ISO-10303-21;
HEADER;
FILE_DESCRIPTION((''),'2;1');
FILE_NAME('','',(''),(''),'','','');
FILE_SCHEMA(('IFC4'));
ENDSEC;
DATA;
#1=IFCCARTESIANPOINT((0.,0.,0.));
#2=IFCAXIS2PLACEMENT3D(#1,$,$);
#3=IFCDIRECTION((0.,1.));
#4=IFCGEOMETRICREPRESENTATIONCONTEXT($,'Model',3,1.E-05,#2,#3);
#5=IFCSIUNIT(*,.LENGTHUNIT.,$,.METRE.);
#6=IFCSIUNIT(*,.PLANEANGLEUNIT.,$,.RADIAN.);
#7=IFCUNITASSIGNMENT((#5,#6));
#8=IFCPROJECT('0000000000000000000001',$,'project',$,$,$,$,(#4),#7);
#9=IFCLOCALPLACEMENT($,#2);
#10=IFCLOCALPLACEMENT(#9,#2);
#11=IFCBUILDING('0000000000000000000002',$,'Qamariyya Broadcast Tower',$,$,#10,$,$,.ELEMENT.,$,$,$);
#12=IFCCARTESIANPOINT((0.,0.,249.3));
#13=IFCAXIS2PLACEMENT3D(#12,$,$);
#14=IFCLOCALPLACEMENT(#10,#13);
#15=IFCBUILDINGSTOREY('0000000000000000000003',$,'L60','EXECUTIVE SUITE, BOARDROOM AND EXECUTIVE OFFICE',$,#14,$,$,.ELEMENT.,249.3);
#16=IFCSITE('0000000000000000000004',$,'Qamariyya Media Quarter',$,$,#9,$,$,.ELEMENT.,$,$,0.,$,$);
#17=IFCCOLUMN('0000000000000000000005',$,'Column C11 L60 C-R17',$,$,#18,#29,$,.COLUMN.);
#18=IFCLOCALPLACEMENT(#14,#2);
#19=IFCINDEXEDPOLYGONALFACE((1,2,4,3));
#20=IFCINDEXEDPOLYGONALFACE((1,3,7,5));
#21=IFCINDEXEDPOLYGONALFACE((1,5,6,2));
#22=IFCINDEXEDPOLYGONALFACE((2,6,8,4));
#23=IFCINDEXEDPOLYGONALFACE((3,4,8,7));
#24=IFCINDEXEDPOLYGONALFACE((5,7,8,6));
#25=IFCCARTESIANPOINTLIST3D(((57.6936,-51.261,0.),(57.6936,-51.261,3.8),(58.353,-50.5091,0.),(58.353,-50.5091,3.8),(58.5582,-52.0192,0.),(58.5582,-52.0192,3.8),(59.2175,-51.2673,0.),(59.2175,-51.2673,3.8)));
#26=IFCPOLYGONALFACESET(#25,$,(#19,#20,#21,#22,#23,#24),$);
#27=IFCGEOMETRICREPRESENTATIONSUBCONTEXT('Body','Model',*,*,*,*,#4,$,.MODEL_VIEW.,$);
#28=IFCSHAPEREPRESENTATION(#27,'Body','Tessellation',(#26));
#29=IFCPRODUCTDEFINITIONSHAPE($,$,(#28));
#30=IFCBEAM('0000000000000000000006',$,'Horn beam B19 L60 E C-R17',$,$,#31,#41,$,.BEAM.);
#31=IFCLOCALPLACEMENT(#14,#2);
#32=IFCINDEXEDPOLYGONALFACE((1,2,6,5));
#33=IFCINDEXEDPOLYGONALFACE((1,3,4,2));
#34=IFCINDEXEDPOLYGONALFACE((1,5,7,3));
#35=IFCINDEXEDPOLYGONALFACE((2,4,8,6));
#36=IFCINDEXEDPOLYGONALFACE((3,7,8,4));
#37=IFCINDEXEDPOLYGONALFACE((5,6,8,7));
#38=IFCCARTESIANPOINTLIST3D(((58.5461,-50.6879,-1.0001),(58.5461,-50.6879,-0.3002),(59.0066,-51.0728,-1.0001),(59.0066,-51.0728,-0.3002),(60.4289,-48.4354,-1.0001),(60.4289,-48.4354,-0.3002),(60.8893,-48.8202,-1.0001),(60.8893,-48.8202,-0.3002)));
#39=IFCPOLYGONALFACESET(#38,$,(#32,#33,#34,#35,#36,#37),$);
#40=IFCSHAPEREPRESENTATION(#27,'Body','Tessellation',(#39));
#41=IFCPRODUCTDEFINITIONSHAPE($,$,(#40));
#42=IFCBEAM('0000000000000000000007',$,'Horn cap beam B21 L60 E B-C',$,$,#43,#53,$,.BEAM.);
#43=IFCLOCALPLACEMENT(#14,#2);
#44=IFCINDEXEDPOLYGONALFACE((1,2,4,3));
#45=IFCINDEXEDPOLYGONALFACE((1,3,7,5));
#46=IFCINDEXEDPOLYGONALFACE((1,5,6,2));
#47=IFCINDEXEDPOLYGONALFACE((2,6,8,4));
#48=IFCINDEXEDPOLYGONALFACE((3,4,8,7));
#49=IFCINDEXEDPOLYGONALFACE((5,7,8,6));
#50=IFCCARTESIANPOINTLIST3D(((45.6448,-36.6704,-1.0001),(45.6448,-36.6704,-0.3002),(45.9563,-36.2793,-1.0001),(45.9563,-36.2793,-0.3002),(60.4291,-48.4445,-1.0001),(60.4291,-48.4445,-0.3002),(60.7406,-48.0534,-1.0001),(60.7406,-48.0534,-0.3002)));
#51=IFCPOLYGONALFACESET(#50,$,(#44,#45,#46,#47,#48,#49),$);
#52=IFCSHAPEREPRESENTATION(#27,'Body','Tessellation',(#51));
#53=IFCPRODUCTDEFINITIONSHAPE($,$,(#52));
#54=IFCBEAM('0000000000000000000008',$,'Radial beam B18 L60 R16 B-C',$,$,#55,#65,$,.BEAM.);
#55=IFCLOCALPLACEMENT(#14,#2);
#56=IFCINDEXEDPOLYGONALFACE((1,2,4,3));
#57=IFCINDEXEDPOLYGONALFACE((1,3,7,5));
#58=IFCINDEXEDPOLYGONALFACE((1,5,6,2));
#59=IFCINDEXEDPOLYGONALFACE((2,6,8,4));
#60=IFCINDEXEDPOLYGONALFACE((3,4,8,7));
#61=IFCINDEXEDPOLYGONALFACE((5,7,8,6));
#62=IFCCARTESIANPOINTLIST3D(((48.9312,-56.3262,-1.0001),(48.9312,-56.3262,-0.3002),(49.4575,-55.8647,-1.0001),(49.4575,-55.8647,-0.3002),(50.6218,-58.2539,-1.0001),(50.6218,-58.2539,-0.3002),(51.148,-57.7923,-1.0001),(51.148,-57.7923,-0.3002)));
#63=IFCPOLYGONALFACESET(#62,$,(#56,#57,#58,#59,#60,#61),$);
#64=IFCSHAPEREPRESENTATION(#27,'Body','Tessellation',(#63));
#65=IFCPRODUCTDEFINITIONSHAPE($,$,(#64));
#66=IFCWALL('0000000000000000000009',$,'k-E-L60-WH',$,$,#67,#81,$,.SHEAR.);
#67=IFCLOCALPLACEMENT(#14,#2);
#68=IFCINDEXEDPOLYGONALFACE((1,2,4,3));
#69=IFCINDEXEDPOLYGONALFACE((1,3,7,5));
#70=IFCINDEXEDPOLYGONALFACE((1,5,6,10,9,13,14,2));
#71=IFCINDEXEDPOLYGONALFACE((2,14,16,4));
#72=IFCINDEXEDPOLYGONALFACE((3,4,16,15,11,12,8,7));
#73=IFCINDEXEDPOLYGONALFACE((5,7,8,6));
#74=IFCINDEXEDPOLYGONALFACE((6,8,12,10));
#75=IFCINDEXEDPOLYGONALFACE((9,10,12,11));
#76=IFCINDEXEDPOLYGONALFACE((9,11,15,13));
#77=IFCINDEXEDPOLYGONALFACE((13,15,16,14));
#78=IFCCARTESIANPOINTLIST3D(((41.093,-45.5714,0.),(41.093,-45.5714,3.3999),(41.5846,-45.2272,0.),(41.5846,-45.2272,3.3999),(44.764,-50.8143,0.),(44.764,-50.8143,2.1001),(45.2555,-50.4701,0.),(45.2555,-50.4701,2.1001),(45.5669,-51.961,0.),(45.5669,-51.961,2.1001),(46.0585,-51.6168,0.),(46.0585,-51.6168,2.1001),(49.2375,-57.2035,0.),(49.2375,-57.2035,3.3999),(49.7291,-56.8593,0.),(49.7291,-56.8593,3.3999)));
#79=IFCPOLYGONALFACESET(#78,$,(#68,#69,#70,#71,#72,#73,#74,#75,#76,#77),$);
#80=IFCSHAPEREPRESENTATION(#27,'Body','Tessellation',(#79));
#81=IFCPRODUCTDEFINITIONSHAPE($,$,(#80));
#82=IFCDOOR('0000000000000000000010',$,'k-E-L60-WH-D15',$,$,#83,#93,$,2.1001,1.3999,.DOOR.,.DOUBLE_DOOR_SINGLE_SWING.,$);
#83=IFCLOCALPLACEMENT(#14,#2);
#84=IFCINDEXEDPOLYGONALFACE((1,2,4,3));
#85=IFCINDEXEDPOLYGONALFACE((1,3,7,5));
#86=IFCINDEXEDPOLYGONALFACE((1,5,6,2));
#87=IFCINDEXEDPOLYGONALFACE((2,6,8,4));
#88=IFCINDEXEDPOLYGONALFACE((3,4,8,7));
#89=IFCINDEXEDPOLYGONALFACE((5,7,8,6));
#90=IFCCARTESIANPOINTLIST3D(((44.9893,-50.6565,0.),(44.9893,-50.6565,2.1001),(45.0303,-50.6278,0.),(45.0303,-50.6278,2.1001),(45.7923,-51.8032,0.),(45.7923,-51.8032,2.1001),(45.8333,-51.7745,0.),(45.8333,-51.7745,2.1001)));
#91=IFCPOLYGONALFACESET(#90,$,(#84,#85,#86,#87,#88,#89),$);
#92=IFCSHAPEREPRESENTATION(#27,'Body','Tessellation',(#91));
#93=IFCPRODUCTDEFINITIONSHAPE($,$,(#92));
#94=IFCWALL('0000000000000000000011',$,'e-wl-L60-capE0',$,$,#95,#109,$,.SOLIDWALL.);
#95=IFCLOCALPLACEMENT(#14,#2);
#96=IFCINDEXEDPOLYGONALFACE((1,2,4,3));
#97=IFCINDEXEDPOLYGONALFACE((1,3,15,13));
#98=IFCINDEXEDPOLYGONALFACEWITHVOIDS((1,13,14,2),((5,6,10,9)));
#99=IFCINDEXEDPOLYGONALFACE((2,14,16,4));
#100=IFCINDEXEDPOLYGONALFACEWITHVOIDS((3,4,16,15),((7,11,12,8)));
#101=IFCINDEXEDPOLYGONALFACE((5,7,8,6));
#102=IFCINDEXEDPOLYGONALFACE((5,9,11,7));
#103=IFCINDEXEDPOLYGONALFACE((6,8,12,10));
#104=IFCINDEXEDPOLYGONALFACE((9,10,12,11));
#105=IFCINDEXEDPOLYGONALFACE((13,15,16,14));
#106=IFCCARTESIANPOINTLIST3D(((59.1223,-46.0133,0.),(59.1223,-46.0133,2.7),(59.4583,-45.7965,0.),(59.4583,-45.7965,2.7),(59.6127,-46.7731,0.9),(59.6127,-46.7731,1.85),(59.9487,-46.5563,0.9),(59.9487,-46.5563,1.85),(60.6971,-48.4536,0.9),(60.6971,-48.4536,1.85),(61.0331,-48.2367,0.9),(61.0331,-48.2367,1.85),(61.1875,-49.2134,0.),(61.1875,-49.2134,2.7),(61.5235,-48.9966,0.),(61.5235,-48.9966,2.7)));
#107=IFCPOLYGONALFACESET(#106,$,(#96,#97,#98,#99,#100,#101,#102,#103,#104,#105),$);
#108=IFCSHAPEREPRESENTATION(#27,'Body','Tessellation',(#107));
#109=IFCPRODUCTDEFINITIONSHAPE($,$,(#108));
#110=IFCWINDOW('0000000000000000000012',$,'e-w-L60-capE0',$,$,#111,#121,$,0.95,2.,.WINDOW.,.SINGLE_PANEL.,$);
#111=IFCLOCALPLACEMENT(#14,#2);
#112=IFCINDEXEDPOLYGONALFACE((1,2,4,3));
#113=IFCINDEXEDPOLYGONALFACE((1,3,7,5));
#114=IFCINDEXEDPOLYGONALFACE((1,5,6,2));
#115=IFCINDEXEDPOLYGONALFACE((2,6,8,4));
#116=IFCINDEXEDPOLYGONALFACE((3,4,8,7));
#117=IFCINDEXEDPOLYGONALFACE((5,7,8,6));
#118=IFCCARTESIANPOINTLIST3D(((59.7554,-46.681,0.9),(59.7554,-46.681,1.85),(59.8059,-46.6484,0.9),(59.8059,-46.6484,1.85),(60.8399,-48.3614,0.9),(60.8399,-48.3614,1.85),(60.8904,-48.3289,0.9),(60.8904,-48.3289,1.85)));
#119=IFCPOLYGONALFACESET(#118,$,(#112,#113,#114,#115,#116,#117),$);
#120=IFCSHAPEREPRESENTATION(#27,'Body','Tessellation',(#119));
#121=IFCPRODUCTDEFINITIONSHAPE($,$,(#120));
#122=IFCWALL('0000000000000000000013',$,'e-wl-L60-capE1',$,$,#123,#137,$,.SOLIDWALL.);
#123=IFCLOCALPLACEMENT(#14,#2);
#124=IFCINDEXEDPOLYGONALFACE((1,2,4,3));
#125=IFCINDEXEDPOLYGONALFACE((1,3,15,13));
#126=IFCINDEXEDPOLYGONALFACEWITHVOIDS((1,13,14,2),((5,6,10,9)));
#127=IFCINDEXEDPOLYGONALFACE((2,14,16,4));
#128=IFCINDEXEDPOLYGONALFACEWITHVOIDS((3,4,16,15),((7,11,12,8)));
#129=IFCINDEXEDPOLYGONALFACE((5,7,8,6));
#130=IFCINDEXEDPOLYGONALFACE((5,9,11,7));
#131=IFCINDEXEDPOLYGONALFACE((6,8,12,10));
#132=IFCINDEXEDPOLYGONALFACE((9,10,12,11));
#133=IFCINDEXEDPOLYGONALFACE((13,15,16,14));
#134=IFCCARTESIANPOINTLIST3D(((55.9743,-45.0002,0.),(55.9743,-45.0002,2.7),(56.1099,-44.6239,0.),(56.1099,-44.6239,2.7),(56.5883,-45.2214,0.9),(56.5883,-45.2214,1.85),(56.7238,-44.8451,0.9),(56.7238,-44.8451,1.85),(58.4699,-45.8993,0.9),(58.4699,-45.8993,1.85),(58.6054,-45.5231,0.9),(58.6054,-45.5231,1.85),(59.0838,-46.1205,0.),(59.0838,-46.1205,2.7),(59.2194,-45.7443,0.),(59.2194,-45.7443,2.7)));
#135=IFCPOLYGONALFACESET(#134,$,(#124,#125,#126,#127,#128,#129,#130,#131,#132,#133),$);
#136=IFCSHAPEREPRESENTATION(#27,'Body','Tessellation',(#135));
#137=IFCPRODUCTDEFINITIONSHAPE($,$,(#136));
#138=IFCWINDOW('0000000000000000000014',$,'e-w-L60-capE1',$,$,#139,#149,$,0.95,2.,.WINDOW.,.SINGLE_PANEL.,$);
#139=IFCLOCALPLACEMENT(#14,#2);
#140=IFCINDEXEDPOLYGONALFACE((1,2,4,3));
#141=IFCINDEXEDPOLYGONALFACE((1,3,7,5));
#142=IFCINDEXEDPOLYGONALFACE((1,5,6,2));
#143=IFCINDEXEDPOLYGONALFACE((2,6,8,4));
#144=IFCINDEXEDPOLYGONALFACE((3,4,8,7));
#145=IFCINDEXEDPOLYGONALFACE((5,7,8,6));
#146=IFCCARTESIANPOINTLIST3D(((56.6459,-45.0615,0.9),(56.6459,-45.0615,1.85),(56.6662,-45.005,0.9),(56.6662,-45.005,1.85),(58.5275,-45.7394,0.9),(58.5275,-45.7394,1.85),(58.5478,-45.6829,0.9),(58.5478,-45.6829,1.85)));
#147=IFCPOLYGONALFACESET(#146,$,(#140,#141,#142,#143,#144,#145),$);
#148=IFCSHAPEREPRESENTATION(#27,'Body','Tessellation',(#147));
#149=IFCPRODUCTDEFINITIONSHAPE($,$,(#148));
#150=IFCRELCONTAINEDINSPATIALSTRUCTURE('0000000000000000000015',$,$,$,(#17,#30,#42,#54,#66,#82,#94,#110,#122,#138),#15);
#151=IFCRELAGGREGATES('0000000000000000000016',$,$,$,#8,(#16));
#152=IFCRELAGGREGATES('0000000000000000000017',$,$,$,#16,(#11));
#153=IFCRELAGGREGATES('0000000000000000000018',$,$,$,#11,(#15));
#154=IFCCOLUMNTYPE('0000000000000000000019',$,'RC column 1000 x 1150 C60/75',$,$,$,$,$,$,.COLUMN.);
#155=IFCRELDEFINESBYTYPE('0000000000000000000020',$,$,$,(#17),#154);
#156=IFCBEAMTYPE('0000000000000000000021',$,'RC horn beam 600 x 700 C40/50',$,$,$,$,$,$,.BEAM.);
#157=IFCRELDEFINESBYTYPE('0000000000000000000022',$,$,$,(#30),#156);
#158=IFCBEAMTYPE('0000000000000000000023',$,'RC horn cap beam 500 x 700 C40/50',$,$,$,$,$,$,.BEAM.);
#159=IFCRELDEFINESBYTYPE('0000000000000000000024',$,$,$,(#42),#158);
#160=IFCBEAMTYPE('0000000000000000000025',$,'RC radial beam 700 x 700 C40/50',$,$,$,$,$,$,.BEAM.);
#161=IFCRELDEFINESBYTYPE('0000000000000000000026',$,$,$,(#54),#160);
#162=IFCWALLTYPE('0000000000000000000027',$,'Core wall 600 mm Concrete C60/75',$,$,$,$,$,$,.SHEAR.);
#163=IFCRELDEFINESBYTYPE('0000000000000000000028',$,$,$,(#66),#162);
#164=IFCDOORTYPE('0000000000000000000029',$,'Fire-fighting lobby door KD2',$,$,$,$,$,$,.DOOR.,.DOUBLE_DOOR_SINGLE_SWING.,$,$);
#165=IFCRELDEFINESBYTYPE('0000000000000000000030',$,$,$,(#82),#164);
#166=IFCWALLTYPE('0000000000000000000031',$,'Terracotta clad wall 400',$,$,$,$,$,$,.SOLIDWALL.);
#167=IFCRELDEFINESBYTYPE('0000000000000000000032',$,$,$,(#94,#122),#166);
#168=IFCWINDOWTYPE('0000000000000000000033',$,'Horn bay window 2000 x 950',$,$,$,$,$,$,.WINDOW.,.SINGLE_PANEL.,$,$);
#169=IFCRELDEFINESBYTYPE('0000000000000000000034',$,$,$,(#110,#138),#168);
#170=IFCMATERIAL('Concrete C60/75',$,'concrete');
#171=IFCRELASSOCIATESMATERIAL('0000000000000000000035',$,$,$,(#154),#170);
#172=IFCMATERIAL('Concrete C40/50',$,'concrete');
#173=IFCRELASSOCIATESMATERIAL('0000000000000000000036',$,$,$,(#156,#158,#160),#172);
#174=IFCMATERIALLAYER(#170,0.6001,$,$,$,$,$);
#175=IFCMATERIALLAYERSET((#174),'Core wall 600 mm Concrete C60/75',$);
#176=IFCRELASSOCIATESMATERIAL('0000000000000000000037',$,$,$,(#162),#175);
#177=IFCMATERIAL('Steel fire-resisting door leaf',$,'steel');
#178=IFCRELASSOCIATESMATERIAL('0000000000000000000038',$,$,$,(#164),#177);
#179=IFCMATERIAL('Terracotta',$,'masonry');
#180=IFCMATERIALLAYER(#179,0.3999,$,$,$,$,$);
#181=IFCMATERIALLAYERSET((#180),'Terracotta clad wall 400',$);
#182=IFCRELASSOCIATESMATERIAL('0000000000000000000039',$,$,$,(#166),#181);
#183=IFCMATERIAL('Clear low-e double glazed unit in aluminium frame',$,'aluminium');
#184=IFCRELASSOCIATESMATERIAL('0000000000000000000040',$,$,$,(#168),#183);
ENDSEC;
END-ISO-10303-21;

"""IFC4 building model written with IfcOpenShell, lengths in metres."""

from ifc_helpers import new_model, si_unit, direction, frame, frame_2d, origin, origin_2d, place, context, subcontext, project, spatial, rectangle, extrude, material, layer, layer_set, material_profile, profile_set, type_object, element, fill, save


model = new_model("IFC4")

# Units and contexts
model_context = context("Model", 3, precision=1e-05, world=origin(), true_north=direction((0.0, 1.0)))
body_context = subcontext(model_context, "Body", "Model", "MODEL_VIEW")
ifc_project = project(units=[si_unit("LENGTHUNIT", "METRE"), si_unit("PLANEANGLEUNIT", "RADIAN")], contexts=[model_context])

# Site, building, storey
site_placement = place(None, origin())
site = spatial("IfcSite", under=ifc_project, at=site_placement, Name="Qamariyya Media Quarter", CompositionType="ELEMENT", RefElevation=0.0)
building_placement = place(site_placement, origin())
building = spatial("IfcBuilding", under=site, at=building_placement, Name="Qamariyya Broadcast Tower", CompositionType="ELEMENT")
storey_placement = place(building_placement, frame((0.0, 0.0, 249.3)))
storey = spatial("IfcBuildingStorey", under=building, at=storey_placement, Name="L60", Description="EXECUTIVE SUITE, BOARDROOM AND EXECUTIVE OFFICE", CompositionType="ELEMENT", Elevation=249.3)

# Column
ifc_material_1 = material(Name="Concrete C60/75", Category="concrete")
ifc_material_profile_1 = material_profile(ifc_material_1, rectangle(XDim=1.0, YDim=1.1499, at=origin_2d()))
ifc_profile_set_1 = profile_set([ifc_material_profile_1], Name="Concrete C60/75")
column_type = type_object("IfcColumnType", Name="RC column 1000 x 1150 C60/75", PredefinedType="COLUMN", material=ifc_profile_set_1)
column_placement = place(storey_placement, frame((58.4556, -51.2642, 0.0), z_axis=(0.0, 0.0, 1.0), x_axis=(0.659346, 0.75184, 0.0)))
element("IfcColumn", 1, at=column_placement, inside=storey, type_object=column_type, Name="Column C11 L60 C-R17", PredefinedType="COLUMN", context=body_context, shape_type="SweptSolid", body=[
    extrude(rectangle(XDim=1.0, YDim=1.1499, at=origin_2d()), origin(), (0.0, 0.0, 1.0), 3.8),
])

# Beams
ifc_material_2 = material(Name="Concrete C40/50", Category="concrete")
ifc_material_profile_2 = material_profile(ifc_material_2, rectangle(XDim=0.6001, YDim=0.7, at=origin_2d()))
ifc_profile_set_2 = profile_set([ifc_material_profile_2], Name="Concrete C40/50")
beam_type_1 = type_object("IfcBeamType", Name="RC horn beam 600 x 700 C40/50", PredefinedType="BEAM", material=ifc_profile_set_2)
beam_1_placement = place(storey_placement, frame((58.7764, -50.8804, -0.6501), z_axis=(0.641304, 0.767287, 0.0), x_axis=(-0.767287, 0.641304, 0.0)))
element("IfcBeam", 2, at=beam_1_placement, inside=storey, type_object=beam_type_1, Name="Horn beam B19 L60 E C-R17", PredefinedType="BEAM", context=body_context, shape_type="SweptSolid", body=[
    extrude(rectangle(XDim=0.6001, YDim=0.7, at=origin_2d()), origin(), (0.0, 0.0, 1.0), 2.9358),
])
ifc_material_profile_3 = material_profile(ifc_material_2, rectangle(XDim=0.5, YDim=0.7, at=origin_2d()))
ifc_profile_set_3 = profile_set([ifc_material_profile_3], Name="Concrete C40/50")
beam_type_2 = type_object("IfcBeamType", Name="RC horn cap beam 500 x 700 C40/50", PredefinedType="BEAM", material=ifc_profile_set_3)
beam_2_placement = place(storey_placement, frame((45.8005, -36.4749, -0.6501), z_axis=(0.782244, -0.622972, 0.0), x_axis=(0.622972, 0.782244, 0.0)))
element("IfcBeam", 3, at=beam_2_placement, inside=storey, type_object=beam_type_2, Name="Horn cap beam B21 L60 E B-C", PredefinedType="BEAM", context=body_context, shape_type="SweptSolid", body=[
    extrude(rectangle(XDim=0.5, YDim=0.7, at=origin_2d()), origin(), (0.0, 0.0, 1.0), 18.8999),
])
ifc_material_profile_4 = material_profile(ifc_material_2, rectangle(XDim=0.7, YDim=0.7, at=origin_2d()))
ifc_profile_set_4 = profile_set([ifc_material_profile_4], Name="Concrete C40/50")
beam_type_3 = type_object("IfcBeamType", Name="RC radial beam 700 x 700 C40/50", PredefinedType="BEAM", material=ifc_profile_set_4)
beam_3_placement = place(storey_placement, frame((49.1943, -56.0955, -0.6501), z_axis=(0.659367, -0.751821, 0.0), x_axis=(0.751821, 0.659367, 0.0)))
element("IfcBeam", 4, at=beam_3_placement, inside=storey, type_object=beam_type_3, Name="Radial beam B18 L60 R16 B-C", PredefinedType="BEAM", context=body_context, shape_type="SweptSolid", body=[
    extrude(rectangle(XDim=0.7, YDim=0.7, at=origin_2d()), origin(), (0.0, 0.0, 1.0), 2.564),
])

# Wall, opening, door
ifc_layer_1 = layer(ifc_material_1, 0.6001)
ifc_layer_set_1 = layer_set([ifc_layer_1], Name="Core wall 600 mm Concrete C60/75")
wall_type_1 = type_object("IfcWallType", Name="Core wall 600 mm Concrete C60/75", PredefinedType="SHEAR", material=ifc_layer_set_1)
wall_1_placement = place(storey_placement, frame((49.4834, -57.0315, 0.0), z_axis=(0.0, 0.0, 1.0), x_axis=(-0.57356, 0.819163, 0.0)))
wall_1 = element("IfcWall", 5, at=wall_1_placement, inside=storey, type_object=wall_type_1, Name="k-E-L60-WH", PredefinedType="SHEAR", context=body_context, shape_type="SweptSolid", body=[
    extrude(rectangle(XDim=14.2, YDim=0.6001, at=frame_2d((7.1001, 0.0))), origin(), (0.0, 0.0, 1.0), 3.3999),
])
opening_1_placement = place(wall_1_placement, frame((6.3999, 0.0, 0.0)))
opening_1 = element("IfcOpeningElement", 6, at=opening_1_placement, cuts=wall_1, PredefinedType="OPENING", context=body_context, shape_type="SweptSolid", body=[
    extrude(rectangle(XDim=1.3999, YDim=2.1001, at=frame_2d((0.7, 1.05))), frame((0.0, 0.3101, 0.0), z_axis=(0.0, -1.0, 0.0), x_axis=(1.0, 0.0, 0.0)), (0.0, 0.0, 1.0), 0.6201),
])
ifc_material_3 = material(Name="Steel fire-resisting door leaf", Category="steel")
door_type = type_object("IfcDoorType", Name="Fire-fighting lobby door KD2", OperationType="DOUBLE_DOOR_SINGLE_SWING", PredefinedType="DOOR", material=ifc_material_3)
door_placement = place(opening_1_placement, origin())
door = element("IfcDoor", 7, at=door_placement, inside=storey, type_object=door_type, Name="k-E-L60-WH-D15", OperationType="DOUBLE_DOOR_SINGLE_SWING", OverallHeight=2.1001, OverallWidth=1.3999, PredefinedType="DOOR", context=body_context, shape_type="SweptSolid", body=[
    extrude(rectangle(XDim=1.3999, YDim=2.1001, at=frame_2d((0.7, 1.05))), frame((0.0, 0.0249, 0.0), z_axis=(0.0, -1.0, 0.0), x_axis=(1.0, 0.0, 0.0)), (0.0, 0.0, 1.0), 0.05),
])
fill(opening_1, door)

# Walls, openings, windows
ifc_material_4 = material(Name="Terracotta", Category="masonry")
ifc_layer_2 = layer(ifc_material_4, 0.3999)
ifc_layer_set_2 = layer_set([ifc_layer_2], Name="Terracotta clad wall 400")
wall_type_2 = type_object("IfcWallType", Name="Terracotta clad wall 400", PredefinedType="SOLIDWALL", material=ifc_layer_set_2)
wall_2_placement = place(storey_placement, frame((61.3555, -49.105, 0.0), z_axis=(0.0, 0.0, 1.0), x_axis=(-0.542228, 0.840232, 0.0)))
wall_2 = element("IfcWall", 8, at=wall_2_placement, inside=storey, type_object=wall_type_2, Name="e-wl-L60-capE0", PredefinedType="SOLIDWALL", context=body_context, shape_type="SweptSolid", body=[
    extrude(rectangle(XDim=3.8086, YDim=0.3999, at=frame_2d((1.9043, 0.0))), origin(), (0.0, 0.0, 1.0), 2.7),
])
opening_2_placement = place(wall_2_placement, frame((0.9043, 0.0, 0.8999)))
opening_2 = element("IfcOpeningElement", 9, at=opening_2_placement, cuts=wall_2, PredefinedType="OPENING", context=body_context, shape_type="SweptSolid", body=[
    extrude(rectangle(XDim=2.0, YDim=0.95, at=frame_2d((1.0, 0.4751))), frame((0.0, 0.21, 0.0), z_axis=(0.0, -1.0, 0.0), x_axis=(1.0, 0.0, 0.0)), (0.0, 0.0, 1.0), 0.4199),
])
ifc_material_5 = material(Name="Clear low-e double glazed unit in aluminium frame", Category="aluminium")
window_type = type_object("IfcWindowType", Name="Horn bay window 2000 x 950", PartitioningType="SINGLE_PANEL", PredefinedType="WINDOW", material=ifc_material_5)
window_1_placement = place(opening_2_placement, origin())
window_1 = element("IfcWindow", 10, at=window_1_placement, inside=storey, type_object=window_type, Name="e-w-L60-capE0", OverallHeight=0.95, OverallWidth=2.0, PartitioningType="SINGLE_PANEL", PredefinedType="WINDOW", context=body_context, shape_type="SweptSolid", body=[
    extrude(rectangle(XDim=2.0, YDim=0.95, at=frame_2d((1.0, 0.4751))), frame((0.0, 0.03, 0.0), z_axis=(0.0, -1.0, 0.0), x_axis=(1.0, 0.0, 0.0)), (0.0, 0.0, 1.0), 0.0601),
])
fill(opening_2, window_1)
wall_3_placement = place(storey_placement, frame((59.1516, -45.9324, 0.0), z_axis=(0.0, 0.0, 1.0), x_axis=(-0.940801, 0.33896, 0.0)))
wall_3 = element("IfcWall", 11, at=wall_3_placement, inside=storey, type_object=wall_type_2, Name="e-wl-L60-capE1", PredefinedType="SOLIDWALL", context=body_context, shape_type="SweptSolid", body=[
    extrude(rectangle(XDim=3.3052, YDim=0.3999, at=frame_2d((1.6526, 0.0))), origin(), (0.0, 0.0, 1.0), 2.7),
])
opening_3_placement = place(wall_3_placement, frame((0.6526, 0.0, 0.8999)))
opening_3 = element("IfcOpeningElement", 12, at=opening_3_placement, cuts=wall_3, PredefinedType="OPENING", context=body_context, shape_type="SweptSolid", body=[
    extrude(rectangle(XDim=2.0, YDim=0.95, at=frame_2d((1.0, 0.4751))), frame((0.0, 0.21, 0.0), z_axis=(0.0, -1.0, 0.0), x_axis=(1.0, 0.0, 0.0)), (0.0, 0.0, 1.0), 0.4199),
])
window_2_placement = place(opening_3_placement, origin())
window_2 = element("IfcWindow", 13, at=window_2_placement, inside=storey, type_object=window_type, Name="e-w-L60-capE1", OverallHeight=0.95, OverallWidth=2.0, PartitioningType="SINGLE_PANEL", PredefinedType="WINDOW", context=body_context, shape_type="SweptSolid", body=[
    extrude(rectangle(XDim=2.0, YDim=0.95, at=frame_2d((1.0, 0.4751))), frame((0.0, 0.03, 0.0), z_axis=(0.0, -1.0, 0.0), x_axis=(1.0, 0.0, 0.0)), (0.0, 0.0, 1.0), 0.0601),
])
fill(opening_3, window_2)

save(model, "model.ifc")
